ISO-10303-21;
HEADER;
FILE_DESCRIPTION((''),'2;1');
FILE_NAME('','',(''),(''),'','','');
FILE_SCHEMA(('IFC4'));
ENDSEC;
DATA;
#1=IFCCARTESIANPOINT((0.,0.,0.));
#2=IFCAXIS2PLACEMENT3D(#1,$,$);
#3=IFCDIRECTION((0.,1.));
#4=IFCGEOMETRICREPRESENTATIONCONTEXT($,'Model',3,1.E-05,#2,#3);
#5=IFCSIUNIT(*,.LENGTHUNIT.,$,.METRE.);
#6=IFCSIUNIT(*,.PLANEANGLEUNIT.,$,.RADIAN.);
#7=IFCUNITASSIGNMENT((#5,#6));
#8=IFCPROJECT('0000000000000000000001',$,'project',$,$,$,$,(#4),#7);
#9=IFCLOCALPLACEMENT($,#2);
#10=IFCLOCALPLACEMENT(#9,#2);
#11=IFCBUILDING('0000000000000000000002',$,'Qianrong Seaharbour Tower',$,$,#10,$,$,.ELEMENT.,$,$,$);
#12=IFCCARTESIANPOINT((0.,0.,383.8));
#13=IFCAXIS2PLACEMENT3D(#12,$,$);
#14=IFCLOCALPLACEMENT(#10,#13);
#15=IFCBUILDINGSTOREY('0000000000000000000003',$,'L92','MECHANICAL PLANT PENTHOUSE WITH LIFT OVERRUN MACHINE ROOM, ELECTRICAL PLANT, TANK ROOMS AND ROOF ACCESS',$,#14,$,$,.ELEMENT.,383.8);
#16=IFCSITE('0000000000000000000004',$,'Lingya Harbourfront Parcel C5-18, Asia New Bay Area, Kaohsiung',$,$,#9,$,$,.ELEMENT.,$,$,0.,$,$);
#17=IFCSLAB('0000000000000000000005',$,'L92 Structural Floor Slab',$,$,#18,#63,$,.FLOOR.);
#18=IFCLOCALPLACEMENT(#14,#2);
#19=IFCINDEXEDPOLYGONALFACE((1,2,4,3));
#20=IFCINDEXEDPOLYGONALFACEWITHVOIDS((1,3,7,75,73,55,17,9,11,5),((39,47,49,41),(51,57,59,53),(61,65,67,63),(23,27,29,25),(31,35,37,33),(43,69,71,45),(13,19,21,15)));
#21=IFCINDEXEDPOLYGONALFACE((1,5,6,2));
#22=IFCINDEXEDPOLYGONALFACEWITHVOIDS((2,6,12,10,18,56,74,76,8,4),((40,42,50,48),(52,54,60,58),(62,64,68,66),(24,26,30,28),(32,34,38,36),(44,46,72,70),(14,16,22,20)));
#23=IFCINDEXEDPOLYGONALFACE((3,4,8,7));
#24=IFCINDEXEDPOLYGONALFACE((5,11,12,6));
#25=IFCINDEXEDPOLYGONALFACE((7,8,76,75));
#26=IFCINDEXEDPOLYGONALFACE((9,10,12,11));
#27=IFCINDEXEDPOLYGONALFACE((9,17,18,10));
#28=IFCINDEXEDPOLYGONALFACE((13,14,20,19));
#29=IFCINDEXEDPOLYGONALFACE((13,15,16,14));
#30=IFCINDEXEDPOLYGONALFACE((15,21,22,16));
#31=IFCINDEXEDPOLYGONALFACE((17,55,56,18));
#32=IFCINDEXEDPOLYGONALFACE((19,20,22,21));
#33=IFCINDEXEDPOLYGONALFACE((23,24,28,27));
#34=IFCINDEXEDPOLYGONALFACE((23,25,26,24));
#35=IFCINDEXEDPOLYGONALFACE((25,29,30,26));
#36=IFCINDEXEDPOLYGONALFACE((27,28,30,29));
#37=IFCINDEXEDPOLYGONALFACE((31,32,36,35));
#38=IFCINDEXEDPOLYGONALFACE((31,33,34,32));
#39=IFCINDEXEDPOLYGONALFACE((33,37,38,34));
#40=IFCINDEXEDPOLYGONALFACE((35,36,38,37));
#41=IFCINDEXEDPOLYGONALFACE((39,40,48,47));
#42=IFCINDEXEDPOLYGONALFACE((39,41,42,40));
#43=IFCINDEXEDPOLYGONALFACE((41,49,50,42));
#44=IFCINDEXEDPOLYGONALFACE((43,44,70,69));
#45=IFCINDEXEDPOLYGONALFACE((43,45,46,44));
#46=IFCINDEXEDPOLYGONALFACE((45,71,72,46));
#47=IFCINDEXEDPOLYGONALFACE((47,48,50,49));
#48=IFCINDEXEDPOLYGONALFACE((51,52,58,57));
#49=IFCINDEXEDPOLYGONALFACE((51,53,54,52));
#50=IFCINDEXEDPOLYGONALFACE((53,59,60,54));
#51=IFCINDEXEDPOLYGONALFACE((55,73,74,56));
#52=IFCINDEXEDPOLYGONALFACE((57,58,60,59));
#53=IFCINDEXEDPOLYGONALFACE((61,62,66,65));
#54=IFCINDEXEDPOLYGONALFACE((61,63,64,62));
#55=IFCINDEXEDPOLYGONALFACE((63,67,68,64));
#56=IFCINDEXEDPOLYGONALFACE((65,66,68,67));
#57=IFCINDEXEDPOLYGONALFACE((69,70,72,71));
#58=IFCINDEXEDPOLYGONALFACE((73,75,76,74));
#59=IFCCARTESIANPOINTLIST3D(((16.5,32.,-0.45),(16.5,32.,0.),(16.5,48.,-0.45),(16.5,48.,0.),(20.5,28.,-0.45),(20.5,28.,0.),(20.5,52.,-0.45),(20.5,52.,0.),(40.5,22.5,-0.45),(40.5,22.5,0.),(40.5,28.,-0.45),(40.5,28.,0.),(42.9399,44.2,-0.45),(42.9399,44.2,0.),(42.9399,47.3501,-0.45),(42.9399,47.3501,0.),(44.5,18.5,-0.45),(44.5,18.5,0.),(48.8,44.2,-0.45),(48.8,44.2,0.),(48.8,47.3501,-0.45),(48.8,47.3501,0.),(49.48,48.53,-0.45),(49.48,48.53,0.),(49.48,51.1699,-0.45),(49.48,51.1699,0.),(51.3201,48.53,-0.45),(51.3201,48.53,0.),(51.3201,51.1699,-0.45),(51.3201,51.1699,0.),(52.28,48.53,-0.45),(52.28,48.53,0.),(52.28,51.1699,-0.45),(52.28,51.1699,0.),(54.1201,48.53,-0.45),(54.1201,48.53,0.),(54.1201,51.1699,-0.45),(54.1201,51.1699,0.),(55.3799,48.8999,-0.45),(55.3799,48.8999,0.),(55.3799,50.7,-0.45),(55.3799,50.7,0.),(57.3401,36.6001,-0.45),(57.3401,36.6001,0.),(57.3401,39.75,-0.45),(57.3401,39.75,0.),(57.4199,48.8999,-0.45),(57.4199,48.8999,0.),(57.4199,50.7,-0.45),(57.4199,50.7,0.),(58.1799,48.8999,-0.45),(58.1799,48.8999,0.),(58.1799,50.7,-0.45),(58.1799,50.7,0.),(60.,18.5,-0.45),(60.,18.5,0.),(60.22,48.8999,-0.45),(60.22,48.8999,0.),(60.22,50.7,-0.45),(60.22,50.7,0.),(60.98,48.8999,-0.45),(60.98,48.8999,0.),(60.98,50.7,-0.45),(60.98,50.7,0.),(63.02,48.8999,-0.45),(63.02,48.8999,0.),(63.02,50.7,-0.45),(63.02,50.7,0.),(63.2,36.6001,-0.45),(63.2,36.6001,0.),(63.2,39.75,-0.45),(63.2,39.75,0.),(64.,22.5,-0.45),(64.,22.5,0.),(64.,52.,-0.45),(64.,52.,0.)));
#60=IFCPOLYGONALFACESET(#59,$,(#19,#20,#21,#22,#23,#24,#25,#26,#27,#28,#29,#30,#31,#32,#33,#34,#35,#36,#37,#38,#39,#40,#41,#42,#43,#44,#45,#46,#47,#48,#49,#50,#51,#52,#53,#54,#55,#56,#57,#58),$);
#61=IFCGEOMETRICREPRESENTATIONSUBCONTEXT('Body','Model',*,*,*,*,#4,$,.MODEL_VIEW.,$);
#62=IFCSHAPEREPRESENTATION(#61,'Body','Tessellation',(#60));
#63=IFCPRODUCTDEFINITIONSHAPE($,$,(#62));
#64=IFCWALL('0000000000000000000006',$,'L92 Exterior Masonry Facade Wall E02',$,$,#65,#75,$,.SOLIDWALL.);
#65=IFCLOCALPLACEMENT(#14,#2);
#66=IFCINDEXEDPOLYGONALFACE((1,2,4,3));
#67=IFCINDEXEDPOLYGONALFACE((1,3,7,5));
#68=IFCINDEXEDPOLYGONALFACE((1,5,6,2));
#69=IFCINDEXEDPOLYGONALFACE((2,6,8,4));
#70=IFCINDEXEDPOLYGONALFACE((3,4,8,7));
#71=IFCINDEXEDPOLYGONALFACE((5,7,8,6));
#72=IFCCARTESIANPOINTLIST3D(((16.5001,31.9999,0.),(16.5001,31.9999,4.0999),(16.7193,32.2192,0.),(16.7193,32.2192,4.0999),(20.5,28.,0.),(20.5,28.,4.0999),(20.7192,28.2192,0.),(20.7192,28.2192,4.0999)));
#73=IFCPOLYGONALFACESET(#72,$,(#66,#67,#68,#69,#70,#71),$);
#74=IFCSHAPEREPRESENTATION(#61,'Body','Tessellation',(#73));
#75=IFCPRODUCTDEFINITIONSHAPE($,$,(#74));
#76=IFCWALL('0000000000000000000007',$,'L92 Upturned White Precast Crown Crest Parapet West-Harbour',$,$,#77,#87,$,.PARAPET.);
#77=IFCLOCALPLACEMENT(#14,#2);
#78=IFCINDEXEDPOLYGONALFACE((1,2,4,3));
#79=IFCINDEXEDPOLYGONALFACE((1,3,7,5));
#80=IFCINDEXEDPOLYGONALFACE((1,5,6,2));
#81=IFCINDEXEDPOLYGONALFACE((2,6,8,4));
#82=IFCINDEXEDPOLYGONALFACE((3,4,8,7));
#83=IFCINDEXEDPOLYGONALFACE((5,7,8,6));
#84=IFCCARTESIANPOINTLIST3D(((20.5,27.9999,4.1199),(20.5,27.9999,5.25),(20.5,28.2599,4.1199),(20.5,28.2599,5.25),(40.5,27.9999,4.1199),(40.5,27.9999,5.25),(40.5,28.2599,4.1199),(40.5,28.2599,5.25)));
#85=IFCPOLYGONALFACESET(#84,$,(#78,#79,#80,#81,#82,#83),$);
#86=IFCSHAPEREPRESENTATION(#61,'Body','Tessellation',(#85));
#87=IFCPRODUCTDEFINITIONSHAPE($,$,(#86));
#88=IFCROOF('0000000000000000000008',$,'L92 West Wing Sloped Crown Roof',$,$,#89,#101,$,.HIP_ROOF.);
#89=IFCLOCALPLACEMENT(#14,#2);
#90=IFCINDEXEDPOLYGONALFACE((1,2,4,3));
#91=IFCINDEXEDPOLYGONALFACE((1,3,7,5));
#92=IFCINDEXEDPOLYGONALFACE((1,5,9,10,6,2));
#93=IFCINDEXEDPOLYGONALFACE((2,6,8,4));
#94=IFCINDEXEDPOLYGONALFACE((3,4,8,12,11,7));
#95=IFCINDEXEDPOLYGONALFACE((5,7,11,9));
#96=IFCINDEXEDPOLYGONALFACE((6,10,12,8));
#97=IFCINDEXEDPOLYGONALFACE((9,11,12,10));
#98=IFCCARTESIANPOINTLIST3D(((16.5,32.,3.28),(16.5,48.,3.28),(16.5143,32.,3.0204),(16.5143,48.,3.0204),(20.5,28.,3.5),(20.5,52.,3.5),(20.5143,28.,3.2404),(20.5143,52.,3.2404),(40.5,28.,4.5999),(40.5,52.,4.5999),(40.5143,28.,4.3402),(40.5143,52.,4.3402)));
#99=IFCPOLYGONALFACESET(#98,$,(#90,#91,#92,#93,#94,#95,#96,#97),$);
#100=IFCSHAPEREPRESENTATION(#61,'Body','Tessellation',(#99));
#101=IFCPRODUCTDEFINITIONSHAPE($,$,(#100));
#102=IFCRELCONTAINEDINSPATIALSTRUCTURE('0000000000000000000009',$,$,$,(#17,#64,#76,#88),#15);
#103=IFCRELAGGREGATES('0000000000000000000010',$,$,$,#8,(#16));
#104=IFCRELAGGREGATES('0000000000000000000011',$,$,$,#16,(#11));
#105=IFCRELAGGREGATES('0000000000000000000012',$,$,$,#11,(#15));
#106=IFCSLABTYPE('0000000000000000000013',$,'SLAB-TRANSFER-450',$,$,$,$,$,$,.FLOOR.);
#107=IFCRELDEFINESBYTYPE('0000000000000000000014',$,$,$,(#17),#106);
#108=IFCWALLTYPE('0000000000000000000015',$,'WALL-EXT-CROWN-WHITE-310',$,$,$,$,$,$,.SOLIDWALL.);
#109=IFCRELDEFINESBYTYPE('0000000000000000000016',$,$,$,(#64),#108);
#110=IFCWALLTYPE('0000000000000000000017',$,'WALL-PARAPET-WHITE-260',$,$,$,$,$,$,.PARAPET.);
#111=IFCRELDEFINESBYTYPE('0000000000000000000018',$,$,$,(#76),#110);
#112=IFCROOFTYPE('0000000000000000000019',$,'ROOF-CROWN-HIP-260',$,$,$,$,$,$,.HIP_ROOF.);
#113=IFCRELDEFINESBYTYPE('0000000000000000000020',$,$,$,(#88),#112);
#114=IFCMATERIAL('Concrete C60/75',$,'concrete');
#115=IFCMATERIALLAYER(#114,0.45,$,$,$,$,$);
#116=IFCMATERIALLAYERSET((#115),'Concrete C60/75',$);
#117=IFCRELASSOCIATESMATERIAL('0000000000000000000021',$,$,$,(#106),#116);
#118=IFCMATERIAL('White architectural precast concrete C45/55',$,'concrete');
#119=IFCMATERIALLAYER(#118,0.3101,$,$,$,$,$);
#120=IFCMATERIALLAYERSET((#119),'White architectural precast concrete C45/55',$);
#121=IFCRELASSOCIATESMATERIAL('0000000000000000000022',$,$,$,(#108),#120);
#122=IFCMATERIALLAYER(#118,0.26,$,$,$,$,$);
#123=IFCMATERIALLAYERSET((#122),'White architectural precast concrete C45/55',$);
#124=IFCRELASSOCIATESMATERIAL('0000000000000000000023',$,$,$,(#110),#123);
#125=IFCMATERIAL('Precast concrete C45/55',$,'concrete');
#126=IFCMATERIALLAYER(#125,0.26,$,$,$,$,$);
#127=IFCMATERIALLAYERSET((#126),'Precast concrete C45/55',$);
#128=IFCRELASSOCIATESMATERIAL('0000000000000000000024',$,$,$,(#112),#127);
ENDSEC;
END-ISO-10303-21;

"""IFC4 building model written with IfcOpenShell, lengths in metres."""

from ifc_helpers import new_model, si_unit, direction, frame, frame_2d, origin, place, context, subcontext, project, spatial, polyline, rectangle, outline, extrude, material, layer, layer_set, type_object, element, save


model = new_model("IFC4")

# Units and contexts
model_context = context("Model", 3, precision=1e-05, world=origin(), true_north=direction((0.0, 1.0)))
body_context = subcontext(model_context, "Body", "Model", "MODEL_VIEW")
ifc_project = project(units=[si_unit("LENGTHUNIT", "METRE"), si_unit("PLANEANGLEUNIT", "RADIAN")], contexts=[model_context])

# Site, building, storey
site_placement = place(None, origin())
site = spatial("IfcSite", under=ifc_project, at=site_placement, Name="Lingya Harbourfront Parcel C5-18, Asia New Bay Area, Kaohsiung", CompositionType="ELEMENT", RefElevation=0.0)
building_placement = place(site_placement, origin())
building = spatial("IfcBuilding", under=site, at=building_placement, Name="Qianrong Seaharbour Tower", CompositionType="ELEMENT")
storey_placement = place(building_placement, frame((0.0, 0.0, 383.8)))
storey = spatial("IfcBuildingStorey", under=building, at=storey_placement, Name="L92", Description="MECHANICAL PLANT PENTHOUSE WITH LIFT OVERRUN MACHINE ROOM, ELECTRICAL PLANT, TANK ROOMS AND ROOF ACCESS", CompositionType="ELEMENT", Elevation=383.8)

# Shared definitions
ifc_material_1 = material(Name="Concrete C60/75", Category="concrete")

# Slab
ifc_layer_1 = layer(ifc_material_1, 0.45)
ifc_layer_set_1 = layer_set([ifc_layer_1], Name="Concrete C60/75")
slab_type_1 = type_object("IfcSlabType", Name="SLAB-TRANSFER-450", PredefinedType="FLOOR", material=ifc_layer_set_1)
slab_1_placement = place(storey_placement, frame((0.0, 0.0, -0.45)))
element("IfcSlab", 1, at=slab_1_placement, inside=storey, type_object=slab_type_1, Name="L92 Structural Floor Slab", PredefinedType="FLOOR", context=body_context, shape_type="SweptSolid", body=[
    extrude(outline(polyline([(44.5, 18.5), (60.0, 18.5), (64.0, 22.5), (64.0, 52.0), (20.5, 52.0), (16.5, 48.0), (16.5, 32.0), (20.5, 28.0), (40.5, 28.0), (40.5, 22.5), (44.5, 18.5)]), holes=[polyline([(42.9399, 44.2), (42.9399, 47.3501), (48.8, 47.3501), (48.8, 44.2), (42.9399, 44.2)]), polyline([(57.3401, 36.6001), (57.3401, 39.75), (63.2, 39.75), (63.2, 36.6001), (57.3401, 36.6001)]), polyline([(49.48, 48.53), (49.48, 51.1699), (51.3201, 51.1699), (51.3201, 48.53), (49.48, 48.53)]), polyline([(52.28, 48.53), (52.28, 51.1699), (54.1201, 51.1699), (54.1201, 48.53), (52.28, 48.53)]), polyline([(55.3799, 48.8999), (55.3799, 50.7), (57.4199, 50.7), (57.4199, 48.8999), (55.3799, 48.8999)]), polyline([(58.1799, 48.8999), (58.1799, 50.7), (60.22, 50.7), (60.22, 48.8999), (58.1799, 48.8999)]), polyline([(60.98, 48.8999), (60.98, 50.7), (63.02, 50.7), (63.02, 48.8999), (60.98, 48.8999)])]), origin(), (0.0, 0.0, 1.0), 0.45),
])

# Walls
ifc_material_2 = material(Name="White architectural precast concrete C45/55", Category="concrete")
ifc_layer_2 = layer(ifc_material_2, 0.3101)
ifc_layer_set_2 = layer_set([ifc_layer_2], Name="White architectural precast concrete C45/55")
wall_type_1 = type_object("IfcWallType", Name="WALL-EXT-CROWN-WHITE-310", PredefinedType="SOLIDWALL", material=ifc_layer_set_2)
wall_1_placement = place(storey_placement, frame((20.6096, 28.1096, 0.0), z_axis=(0.0, 0.0, 1.0), x_axis=(-0.707107, 0.707107, 0.0)))
element("IfcWall", 2, at=wall_1_placement, inside=storey, type_object=wall_type_1, Name="L92 Exterior Masonry Facade Wall E02", PredefinedType="SOLIDWALL", context=body_context, shape_type="SweptSolid", body=[
    extrude(rectangle(XDim=5.6567, YDim=0.3101, at=frame_2d((2.8284, 0.0))), origin(), (0.0, 0.0, 1.0), 4.0999),
])
ifc_layer_3 = layer(ifc_material_2, 0.26)
ifc_layer_set_3 = layer_set([ifc_layer_3], Name="White architectural precast concrete C45/55")
wall_type_2 = type_object("IfcWallType", Name="WALL-PARAPET-WHITE-260", PredefinedType="PARAPET", material=ifc_layer_set_3)
wall_2_placement = place(storey_placement, frame((20.5, 28.1299, 4.1199), z_axis=(0.0, 0.0, 1.0), x_axis=(1.0, 0.0, 0.0)))
element("IfcWall", 3, at=wall_2_placement, inside=storey, type_object=wall_type_2, Name="L92 Upturned White Precast Crown Crest Parapet West-Harbour", PredefinedType="PARAPET", context=body_context, shape_type="SweptSolid", body=[
    extrude(rectangle(XDim=20.0, YDim=0.26, at=frame_2d((10.0, 0.0))), origin(), (0.0, 0.0, 1.0), 1.1301),
])

# Roof
ifc_material_3 = material(Name="Precast concrete C45/55", Category="concrete")
ifc_layer_4 = layer(ifc_material_3, 0.26)
ifc_layer_set_4 = layer_set([ifc_layer_4], Name="Precast concrete C45/55")
roof_type = type_object("IfcRoofType", Name="ROOF-CROWN-HIP-260", PredefinedType="HIP_ROOF", material=ifc_layer_set_4)
roof_placement = place(storey_placement, frame((20.5, 28.0, 3.5), z_axis=(-0.05491, 0.0, 0.998491), x_axis=(0.998491, 0.0, 0.05491)))
element("IfcRoof", 4, at=roof_placement, inside=storey, type_object=roof_type, Name="L92 West Wing Sloped Crown Roof", PredefinedType="HIP_ROOF", context=body_context, shape_type="SweptSolid", body=[
    extrude(outline(polyline([(0.0, 0.0), (20.0302, 0.0), (20.0302, 24.0), (0.0, 24.0), (-4.006, 20.0), (-4.006, 4.0), (0.0, 0.0)])), origin(), (0.0, 0.0, -1.0), 0.26),
])

save(model, "model.ifc")
